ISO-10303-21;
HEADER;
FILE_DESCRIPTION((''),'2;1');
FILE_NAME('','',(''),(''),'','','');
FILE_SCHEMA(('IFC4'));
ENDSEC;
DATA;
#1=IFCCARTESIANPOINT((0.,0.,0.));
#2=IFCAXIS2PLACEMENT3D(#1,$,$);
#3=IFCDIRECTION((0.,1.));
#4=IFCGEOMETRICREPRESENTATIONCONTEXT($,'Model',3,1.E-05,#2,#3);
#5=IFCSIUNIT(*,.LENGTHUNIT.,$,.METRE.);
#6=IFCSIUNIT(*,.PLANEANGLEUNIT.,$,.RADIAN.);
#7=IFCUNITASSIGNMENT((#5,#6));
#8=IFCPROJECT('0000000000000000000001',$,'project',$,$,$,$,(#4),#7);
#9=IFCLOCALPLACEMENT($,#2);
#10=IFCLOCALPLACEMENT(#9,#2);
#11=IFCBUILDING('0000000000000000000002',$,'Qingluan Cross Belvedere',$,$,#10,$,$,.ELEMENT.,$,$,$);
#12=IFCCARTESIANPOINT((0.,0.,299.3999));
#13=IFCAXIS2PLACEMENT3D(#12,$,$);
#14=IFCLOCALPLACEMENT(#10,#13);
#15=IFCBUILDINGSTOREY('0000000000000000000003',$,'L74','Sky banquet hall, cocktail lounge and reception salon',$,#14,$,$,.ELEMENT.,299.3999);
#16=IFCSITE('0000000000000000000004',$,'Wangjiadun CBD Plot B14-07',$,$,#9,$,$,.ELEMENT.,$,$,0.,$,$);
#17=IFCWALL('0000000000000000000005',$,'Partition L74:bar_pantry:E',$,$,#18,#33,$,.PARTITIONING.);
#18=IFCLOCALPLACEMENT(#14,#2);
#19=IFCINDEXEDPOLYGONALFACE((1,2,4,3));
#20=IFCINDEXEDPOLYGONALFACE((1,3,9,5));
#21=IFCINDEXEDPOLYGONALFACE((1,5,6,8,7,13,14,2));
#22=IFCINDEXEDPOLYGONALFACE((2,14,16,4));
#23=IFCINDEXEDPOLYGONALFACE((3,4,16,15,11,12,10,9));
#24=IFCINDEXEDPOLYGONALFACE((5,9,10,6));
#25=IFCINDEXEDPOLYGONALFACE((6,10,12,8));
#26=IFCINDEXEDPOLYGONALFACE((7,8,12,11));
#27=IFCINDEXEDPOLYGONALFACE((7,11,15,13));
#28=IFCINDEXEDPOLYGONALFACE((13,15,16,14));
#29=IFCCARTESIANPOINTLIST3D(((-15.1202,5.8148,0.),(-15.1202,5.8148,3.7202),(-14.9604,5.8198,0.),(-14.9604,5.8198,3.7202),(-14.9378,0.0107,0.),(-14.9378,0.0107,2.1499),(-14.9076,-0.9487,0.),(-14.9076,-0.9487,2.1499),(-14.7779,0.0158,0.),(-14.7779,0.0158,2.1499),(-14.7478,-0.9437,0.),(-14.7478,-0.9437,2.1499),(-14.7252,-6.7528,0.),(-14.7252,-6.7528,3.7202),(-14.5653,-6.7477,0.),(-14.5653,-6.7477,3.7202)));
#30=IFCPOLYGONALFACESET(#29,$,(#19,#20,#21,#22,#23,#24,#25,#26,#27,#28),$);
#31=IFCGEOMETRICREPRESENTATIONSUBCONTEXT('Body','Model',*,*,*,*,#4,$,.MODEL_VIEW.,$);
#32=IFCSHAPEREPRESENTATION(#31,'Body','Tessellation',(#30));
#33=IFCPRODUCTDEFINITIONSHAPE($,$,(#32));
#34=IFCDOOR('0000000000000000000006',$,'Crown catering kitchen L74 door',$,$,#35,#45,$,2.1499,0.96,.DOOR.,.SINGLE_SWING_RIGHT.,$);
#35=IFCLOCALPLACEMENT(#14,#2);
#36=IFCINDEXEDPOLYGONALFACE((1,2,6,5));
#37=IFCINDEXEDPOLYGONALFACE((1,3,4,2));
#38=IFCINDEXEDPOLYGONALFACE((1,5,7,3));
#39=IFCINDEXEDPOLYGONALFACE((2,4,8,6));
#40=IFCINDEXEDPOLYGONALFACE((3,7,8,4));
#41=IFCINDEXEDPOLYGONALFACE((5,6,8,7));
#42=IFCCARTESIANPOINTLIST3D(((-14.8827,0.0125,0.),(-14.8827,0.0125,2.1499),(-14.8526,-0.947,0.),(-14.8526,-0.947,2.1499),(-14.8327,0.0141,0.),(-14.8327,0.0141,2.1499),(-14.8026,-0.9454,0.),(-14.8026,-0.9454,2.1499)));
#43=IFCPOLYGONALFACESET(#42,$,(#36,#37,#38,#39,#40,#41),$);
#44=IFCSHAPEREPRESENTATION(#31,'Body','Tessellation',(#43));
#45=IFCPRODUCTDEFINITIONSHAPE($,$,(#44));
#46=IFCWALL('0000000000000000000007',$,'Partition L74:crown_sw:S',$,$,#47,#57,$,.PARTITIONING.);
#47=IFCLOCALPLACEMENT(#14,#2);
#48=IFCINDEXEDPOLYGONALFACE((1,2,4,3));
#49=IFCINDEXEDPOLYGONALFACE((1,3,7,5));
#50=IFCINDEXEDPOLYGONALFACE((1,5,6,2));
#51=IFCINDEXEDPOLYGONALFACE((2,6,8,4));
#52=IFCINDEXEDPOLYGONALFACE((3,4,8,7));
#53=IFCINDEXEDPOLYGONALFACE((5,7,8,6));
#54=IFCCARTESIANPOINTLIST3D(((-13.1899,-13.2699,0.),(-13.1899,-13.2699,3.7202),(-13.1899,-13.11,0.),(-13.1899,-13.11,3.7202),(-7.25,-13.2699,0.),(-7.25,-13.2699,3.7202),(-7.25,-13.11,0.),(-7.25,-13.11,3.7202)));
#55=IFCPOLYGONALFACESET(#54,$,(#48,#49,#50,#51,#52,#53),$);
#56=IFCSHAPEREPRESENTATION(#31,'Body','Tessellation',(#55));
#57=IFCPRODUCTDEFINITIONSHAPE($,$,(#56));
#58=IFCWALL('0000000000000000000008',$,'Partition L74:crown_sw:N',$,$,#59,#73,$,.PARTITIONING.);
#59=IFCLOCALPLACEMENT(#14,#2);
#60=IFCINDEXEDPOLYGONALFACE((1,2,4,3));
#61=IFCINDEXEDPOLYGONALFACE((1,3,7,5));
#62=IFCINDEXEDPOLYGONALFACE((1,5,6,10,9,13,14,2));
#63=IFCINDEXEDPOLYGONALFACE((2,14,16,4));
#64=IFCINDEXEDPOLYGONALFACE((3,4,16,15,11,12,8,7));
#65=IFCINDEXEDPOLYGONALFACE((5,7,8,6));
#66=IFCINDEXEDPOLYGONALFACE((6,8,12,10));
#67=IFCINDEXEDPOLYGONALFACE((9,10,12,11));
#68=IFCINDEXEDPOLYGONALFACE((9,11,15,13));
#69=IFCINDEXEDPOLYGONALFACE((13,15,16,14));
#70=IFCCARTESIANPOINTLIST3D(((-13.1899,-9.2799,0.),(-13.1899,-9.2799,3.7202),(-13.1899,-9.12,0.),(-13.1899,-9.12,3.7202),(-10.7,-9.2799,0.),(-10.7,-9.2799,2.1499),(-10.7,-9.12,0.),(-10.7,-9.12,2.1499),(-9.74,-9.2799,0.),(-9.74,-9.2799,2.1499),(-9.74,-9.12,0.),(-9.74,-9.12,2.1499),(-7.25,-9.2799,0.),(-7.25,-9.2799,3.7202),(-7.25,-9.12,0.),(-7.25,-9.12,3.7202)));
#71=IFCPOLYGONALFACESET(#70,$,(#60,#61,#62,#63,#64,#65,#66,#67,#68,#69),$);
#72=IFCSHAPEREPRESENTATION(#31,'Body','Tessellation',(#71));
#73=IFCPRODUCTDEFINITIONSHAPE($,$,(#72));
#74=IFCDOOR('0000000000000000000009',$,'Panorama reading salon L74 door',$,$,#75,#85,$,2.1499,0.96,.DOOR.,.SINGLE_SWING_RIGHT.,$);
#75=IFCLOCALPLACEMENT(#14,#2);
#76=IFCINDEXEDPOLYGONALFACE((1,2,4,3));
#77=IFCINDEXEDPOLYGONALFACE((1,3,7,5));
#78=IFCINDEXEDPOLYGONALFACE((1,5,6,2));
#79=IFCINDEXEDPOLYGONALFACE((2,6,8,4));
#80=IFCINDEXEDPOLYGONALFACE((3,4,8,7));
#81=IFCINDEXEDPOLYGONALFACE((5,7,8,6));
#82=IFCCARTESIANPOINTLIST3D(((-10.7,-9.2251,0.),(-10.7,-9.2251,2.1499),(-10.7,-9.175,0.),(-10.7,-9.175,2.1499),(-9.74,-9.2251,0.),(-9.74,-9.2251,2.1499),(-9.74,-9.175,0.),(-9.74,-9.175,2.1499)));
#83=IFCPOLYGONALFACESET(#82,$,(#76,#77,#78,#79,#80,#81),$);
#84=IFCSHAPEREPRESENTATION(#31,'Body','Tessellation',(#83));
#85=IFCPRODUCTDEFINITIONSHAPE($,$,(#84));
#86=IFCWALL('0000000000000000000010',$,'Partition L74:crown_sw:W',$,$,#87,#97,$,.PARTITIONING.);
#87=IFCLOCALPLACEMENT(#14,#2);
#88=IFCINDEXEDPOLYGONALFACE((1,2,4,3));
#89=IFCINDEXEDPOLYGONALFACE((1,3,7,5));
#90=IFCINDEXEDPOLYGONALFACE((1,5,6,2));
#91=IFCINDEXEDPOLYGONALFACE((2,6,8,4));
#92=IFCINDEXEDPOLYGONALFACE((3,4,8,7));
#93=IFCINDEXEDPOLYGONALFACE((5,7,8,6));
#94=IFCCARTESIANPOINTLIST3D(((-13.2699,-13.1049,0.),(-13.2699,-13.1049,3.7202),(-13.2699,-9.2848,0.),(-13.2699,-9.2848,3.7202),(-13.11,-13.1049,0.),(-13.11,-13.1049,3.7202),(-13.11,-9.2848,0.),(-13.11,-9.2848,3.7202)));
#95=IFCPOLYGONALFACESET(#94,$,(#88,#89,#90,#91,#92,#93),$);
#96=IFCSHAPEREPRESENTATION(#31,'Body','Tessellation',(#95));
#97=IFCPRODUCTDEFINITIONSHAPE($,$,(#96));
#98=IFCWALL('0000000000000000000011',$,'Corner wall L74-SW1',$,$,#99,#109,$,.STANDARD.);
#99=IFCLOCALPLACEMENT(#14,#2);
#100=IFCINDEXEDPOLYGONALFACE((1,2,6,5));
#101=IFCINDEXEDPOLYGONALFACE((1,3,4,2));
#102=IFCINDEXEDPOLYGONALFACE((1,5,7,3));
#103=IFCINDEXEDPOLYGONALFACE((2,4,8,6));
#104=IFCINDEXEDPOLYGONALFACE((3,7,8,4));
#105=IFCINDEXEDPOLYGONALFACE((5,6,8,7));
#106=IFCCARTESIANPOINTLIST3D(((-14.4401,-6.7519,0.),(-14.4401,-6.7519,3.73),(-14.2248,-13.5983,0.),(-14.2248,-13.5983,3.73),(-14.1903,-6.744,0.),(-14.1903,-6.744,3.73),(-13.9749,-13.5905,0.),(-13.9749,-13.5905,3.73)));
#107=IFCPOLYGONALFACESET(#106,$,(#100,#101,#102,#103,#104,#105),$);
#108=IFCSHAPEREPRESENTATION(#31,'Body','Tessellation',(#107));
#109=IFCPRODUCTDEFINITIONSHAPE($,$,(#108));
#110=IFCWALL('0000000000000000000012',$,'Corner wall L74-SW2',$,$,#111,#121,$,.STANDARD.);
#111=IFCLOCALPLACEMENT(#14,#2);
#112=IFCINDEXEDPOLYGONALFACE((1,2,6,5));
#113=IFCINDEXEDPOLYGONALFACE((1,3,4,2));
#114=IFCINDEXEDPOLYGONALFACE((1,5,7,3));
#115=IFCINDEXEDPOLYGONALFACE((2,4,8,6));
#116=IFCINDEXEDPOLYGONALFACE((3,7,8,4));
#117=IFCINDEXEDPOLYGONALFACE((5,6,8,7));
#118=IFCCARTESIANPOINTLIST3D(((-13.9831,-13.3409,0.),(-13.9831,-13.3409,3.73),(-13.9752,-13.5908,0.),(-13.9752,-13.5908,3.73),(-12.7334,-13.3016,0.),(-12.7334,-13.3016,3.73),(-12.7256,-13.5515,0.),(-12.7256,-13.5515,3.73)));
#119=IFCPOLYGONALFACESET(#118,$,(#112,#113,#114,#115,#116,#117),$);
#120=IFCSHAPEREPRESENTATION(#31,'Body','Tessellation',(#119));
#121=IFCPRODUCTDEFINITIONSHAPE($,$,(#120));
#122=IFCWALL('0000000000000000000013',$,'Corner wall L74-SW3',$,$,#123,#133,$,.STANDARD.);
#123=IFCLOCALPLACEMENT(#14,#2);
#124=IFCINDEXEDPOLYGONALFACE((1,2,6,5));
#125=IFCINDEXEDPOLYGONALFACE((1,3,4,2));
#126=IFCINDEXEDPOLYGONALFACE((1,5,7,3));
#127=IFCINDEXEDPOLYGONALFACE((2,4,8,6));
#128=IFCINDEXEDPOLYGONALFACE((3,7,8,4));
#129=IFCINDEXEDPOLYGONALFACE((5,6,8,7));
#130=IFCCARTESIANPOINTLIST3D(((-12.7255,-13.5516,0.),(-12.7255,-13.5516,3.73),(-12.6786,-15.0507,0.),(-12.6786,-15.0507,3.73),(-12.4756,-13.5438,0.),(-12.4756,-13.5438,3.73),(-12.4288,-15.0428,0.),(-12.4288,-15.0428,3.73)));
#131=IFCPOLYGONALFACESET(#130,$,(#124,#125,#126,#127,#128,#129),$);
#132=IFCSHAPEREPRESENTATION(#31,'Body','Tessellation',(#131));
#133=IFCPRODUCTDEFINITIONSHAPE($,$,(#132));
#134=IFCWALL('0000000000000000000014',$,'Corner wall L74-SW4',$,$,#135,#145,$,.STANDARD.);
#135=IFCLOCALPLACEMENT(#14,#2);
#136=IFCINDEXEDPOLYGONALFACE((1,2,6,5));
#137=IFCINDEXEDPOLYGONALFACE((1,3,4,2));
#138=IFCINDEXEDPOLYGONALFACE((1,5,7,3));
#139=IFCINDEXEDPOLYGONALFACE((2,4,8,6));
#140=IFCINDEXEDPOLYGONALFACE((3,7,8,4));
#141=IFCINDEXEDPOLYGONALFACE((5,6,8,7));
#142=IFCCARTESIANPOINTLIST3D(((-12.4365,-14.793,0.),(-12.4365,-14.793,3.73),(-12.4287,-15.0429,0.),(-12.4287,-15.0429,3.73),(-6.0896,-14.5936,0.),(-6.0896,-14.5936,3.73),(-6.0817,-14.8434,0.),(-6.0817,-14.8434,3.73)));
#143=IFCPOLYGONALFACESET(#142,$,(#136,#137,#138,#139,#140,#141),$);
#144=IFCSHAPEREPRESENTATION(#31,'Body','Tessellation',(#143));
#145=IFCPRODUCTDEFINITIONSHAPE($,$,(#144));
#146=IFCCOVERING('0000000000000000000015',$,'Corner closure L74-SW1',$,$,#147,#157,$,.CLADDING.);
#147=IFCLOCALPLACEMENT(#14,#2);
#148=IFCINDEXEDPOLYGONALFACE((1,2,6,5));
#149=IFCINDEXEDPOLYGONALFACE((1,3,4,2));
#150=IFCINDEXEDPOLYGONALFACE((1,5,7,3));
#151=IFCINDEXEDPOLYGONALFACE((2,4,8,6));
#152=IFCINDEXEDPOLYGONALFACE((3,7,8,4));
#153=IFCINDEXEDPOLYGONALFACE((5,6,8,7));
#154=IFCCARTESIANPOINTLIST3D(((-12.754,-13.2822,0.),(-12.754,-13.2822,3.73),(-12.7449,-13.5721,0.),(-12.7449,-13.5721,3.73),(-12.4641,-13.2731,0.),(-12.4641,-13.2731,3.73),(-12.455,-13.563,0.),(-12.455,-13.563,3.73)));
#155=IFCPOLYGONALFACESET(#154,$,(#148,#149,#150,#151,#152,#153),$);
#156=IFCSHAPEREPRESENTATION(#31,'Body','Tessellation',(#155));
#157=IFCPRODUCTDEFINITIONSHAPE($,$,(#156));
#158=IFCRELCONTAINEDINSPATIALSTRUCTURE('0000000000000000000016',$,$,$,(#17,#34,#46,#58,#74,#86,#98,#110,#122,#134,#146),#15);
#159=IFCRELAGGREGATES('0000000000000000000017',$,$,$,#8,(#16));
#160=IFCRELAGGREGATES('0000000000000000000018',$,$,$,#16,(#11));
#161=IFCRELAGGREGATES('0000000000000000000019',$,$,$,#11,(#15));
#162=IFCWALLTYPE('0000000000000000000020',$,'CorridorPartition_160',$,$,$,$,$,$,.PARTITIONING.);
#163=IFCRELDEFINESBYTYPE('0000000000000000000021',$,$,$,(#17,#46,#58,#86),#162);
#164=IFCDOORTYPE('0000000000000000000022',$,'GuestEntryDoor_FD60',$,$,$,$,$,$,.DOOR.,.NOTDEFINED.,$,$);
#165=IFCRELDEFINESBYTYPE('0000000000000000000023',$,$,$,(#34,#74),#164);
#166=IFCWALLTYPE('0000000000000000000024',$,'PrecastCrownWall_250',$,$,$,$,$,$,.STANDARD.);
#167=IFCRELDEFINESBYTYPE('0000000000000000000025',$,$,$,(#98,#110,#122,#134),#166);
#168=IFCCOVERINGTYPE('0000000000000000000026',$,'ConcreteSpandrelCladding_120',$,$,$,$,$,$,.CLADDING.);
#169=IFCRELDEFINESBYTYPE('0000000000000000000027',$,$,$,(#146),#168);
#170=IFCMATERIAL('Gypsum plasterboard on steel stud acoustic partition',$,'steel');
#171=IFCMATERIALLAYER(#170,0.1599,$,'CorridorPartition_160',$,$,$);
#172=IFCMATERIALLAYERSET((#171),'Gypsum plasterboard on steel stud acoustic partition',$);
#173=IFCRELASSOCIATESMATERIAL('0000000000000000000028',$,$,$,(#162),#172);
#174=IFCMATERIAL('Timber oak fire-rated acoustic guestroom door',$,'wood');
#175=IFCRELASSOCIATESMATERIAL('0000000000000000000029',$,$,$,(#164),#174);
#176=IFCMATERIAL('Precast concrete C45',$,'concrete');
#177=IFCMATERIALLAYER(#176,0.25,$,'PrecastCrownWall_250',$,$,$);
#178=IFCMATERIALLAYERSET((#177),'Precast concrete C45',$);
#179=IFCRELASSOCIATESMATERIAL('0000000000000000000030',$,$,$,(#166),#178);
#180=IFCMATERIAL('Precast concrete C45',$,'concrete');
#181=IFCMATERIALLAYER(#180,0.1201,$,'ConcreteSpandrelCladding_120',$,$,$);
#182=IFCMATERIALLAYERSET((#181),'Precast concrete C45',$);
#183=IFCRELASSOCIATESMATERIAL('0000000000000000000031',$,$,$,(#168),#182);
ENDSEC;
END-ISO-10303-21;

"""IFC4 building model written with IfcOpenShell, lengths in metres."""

from ifc_helpers import new_model, si_unit, direction, frame, frame_2d, origin, origin_2d, place, context, subcontext, project, spatial, rectangle, extrude, material, layer, layer_set, type_object, element, fill, save


model = new_model("IFC4")

# Units and contexts
model_context = context("Model", 3, precision=1e-05, world=origin(), true_north=direction((0.0, 1.0)))
body_context = subcontext(model_context, "Body", "Model", "MODEL_VIEW")
ifc_project = project(units=[si_unit("LENGTHUNIT", "METRE"), si_unit("PLANEANGLEUNIT", "RADIAN")], contexts=[model_context])

# Site, building, storey
site_placement = place(None, origin())
site = spatial("IfcSite", under=ifc_project, at=site_placement, Name="Wangjiadun CBD Plot B14-07", CompositionType="ELEMENT", RefElevation=0.0)
building_placement = place(site_placement, origin())
building = spatial("IfcBuilding", under=site, at=building_placement, Name="Qingluan Cross Belvedere", CompositionType="ELEMENT")
storey_placement = place(building_placement, frame((0.0, 0.0, 299.3999)))
storey = spatial("IfcBuildingStorey", under=building, at=storey_placement, Name="L74", Description="Sky banquet hall, cocktail lounge and reception salon", CompositionType="ELEMENT", Elevation=299.3999)

# Wall, opening, door
ifc_material_1 = material(Name="Gypsum plasterboard on steel stud acoustic partition", Category="steel")
ifc_layer_1 = layer(ifc_material_1, 0.1599, Name="CorridorPartition_160")
ifc_layer_set_1 = layer_set([ifc_layer_1], Name="Gypsum plasterboard on steel stud acoustic partition")
wall_type_1 = type_object("IfcWallType", Name="CorridorPartition_160", PredefinedType="PARTITIONING", material=ifc_layer_set_1)
wall_1_placement = place(storey_placement, frame((-14.6453, -6.7502, 0.0), z_axis=(0.0, 0.0, 1.0), x_axis=(-0.031416, 0.999506, 0.0)))
wall_1 = element("IfcWall", 1, at=wall_1_placement, inside=storey, type_object=wall_type_1, Name="Partition L74:bar_pantry:E", PredefinedType="PARTITIONING", context=body_context, shape_type="SweptSolid", body=[
    extrude(rectangle(XDim=12.5737, YDim=0.1599, at=frame_2d((6.2869, 0.0))), origin(), (0.0, 0.0, 1.0), 3.7202),
])
opening_1_placement = place(wall_1_placement, frame((5.8069, 0.0, 0.0)))
opening_1 = element("IfcOpeningElement", 2, at=opening_1_placement, cuts=wall_1, PredefinedType="OPENING", context=body_context, shape_type="SweptSolid", body=[
    extrude(rectangle(XDim=0.96, YDim=2.1499, at=frame_2d((0.48, 1.075))), frame((0.0, 0.0898, 0.0), z_axis=(0.0, -1.0, 0.0), x_axis=(1.0, 0.0, 0.0)), (0.0, 0.0, 1.0), 0.1799),
])
ifc_material_2 = material(Name="Timber oak fire-rated acoustic guestroom door", Category="wood")
door_type = type_object("IfcDoorType", Name="GuestEntryDoor_FD60", OperationType="NOTDEFINED", PredefinedType="DOOR", material=ifc_material_2)
door_1_placement = place(opening_1_placement, origin())
door_1 = element("IfcDoor", 3, at=door_1_placement, inside=storey, type_object=door_type, Name="Crown catering kitchen L74 door", OperationType="SINGLE_SWING_RIGHT", OverallHeight=2.1499, OverallWidth=0.96, PredefinedType="DOOR", context=body_context, shape_type="SweptSolid", body=[
    extrude(rectangle(XDim=0.96, YDim=2.1499, at=frame_2d((0.48, 1.075))), frame((0.0, 0.0249, 0.0), z_axis=(0.0, -1.0, 0.0), x_axis=(1.0, 0.0, 0.0)), (0.0, 0.0, 1.0), 0.05),
])
fill(opening_1, door_1)

# Wall
wall_2_placement = place(storey_placement, frame((-13.1899, -13.1899, 0.0), z_axis=(0.0, 0.0, 1.0), x_axis=(1.0, 0.0, 0.0)))
element("IfcWall", 4, at=wall_2_placement, inside=storey, type_object=wall_type_1, Name="Partition L74:crown_sw:S", PredefinedType="PARTITIONING", context=body_context, shape_type="SweptSolid", body=[
    extrude(rectangle(XDim=5.9399, YDim=0.1599, at=frame_2d((2.97, 0.0))), origin(), (0.0, 0.0, 1.0), 3.7202),
])

# Wall, opening, door
wall_3_placement = place(storey_placement, frame((-13.1899, -9.2, 0.0), z_axis=(0.0, 0.0, 1.0), x_axis=(1.0, 0.0, 0.0)))
wall_3 = element("IfcWall", 5, at=wall_3_placement, inside=storey, type_object=wall_type_1, Name="Partition L74:crown_sw:N", PredefinedType="PARTITIONING", context=body_context, shape_type="SweptSolid", body=[
    extrude(rectangle(XDim=5.9399, YDim=0.1599, at=frame_2d((2.97, 0.0))), origin(), (0.0, 0.0, 1.0), 3.7202),
])
opening_2_placement = place(wall_3_placement, frame((2.49, 0.0, 0.0)))
opening_2 = element("IfcOpeningElement", 6, at=opening_2_placement, cuts=wall_3, PredefinedType="OPENING", context=body_context, shape_type="SweptSolid", body=[
    extrude(rectangle(XDim=0.96, YDim=2.1499, at=frame_2d((0.48, 1.075))), frame((0.0, 0.0898, 0.0), z_axis=(0.0, -1.0, 0.0), x_axis=(1.0, 0.0, 0.0)), (0.0, 0.0, 1.0), 0.1799),
])
door_2_placement = place(opening_2_placement, origin())
door_2 = element("IfcDoor", 7, at=door_2_placement, inside=storey, type_object=door_type, Name="Panorama reading salon L74 door", OperationType="SINGLE_SWING_RIGHT", OverallHeight=2.1499, OverallWidth=0.96, PredefinedType="DOOR", context=body_context, shape_type="SweptSolid", body=[
    extrude(rectangle(XDim=0.96, YDim=2.1499, at=frame_2d((0.48, 1.075))), frame((0.0, 0.0249, 0.0), z_axis=(0.0, -1.0, 0.0), x_axis=(1.0, 0.0, 0.0)), (0.0, 0.0, 1.0), 0.05),
])
fill(opening_2, door_2)

# Walls
wall_4_placement = place(storey_placement, frame((-13.1899, -13.105, 0.0), z_axis=(0.0, 0.0, 1.0), x_axis=(0.0, 1.0, 0.0)))
element("IfcWall", 8, at=wall_4_placement, inside=storey, type_object=wall_type_1, Name="Partition L74:crown_sw:W", PredefinedType="PARTITIONING", context=body_context, shape_type="SweptSolid", body=[
    extrude(rectangle(XDim=3.8201, YDim=0.1599, at=frame_2d((1.9102, 0.0))), origin(), (0.0, 0.0, 1.0), 3.7202),
])
ifc_material_3 = material(Name="Precast concrete C45", Category="concrete")
ifc_layer_2 = layer(ifc_material_3, 0.25, Name="PrecastCrownWall_250")
ifc_layer_set_2 = layer_set([ifc_layer_2], Name="Precast concrete C45")
wall_type_2 = type_object("IfcWallType", Name="PrecastCrownWall_250", PredefinedType="STANDARD", material=ifc_layer_set_2)
wall_5_placement = place(storey_placement, frame((-14.3152, -6.748, 0.0), z_axis=(0.0, 0.0, 1.0), x_axis=(0.031436, -0.999506, 0.0)))
element("IfcWall", 9, at=wall_5_placement, inside=storey, type_object=wall_type_2, Name="Corner wall L74-SW1", PredefinedType="STANDARD", context=body_context, shape_type="SweptSolid", body=[
    extrude(rectangle(XDim=6.8499, YDim=0.25, at=frame_2d((3.4248, 0.0))), origin(), (0.0, 0.0, 1.0), 3.73),
])
wall_6_placement = place(storey_placement, frame((-13.979, -13.4658, 0.0), z_axis=(0.0, 0.0, 1.0), x_axis=(0.999506, 0.031442, 0.0)))
element("IfcWall", 10, at=wall_6_placement, inside=storey, type_object=wall_type_2, Name="Corner wall L74-SW2", PredefinedType="STANDARD", context=body_context, shape_type="SweptSolid", body=[
    extrude(rectangle(XDim=1.2502, YDim=0.25, at=frame_2d((0.625, 0.0))), origin(), (0.0, 0.0, 1.0), 3.73),
])
wall_7_placement = place(storey_placement, frame((-12.6006, -13.5476, 0.0), z_axis=(0.0, 0.0, 1.0), x_axis=(0.031255, -0.999511, 0.0)))
element("IfcWall", 11, at=wall_7_placement, inside=storey, type_object=wall_type_2, Name="Corner wall L74-SW3", PredefinedType="STANDARD", context=body_context, shape_type="SweptSolid", body=[
    extrude(rectangle(XDim=1.4998, YDim=0.25, at=frame_2d((0.75, 0.0))), origin(), (0.0, 0.0, 1.0), 3.73),
])
wall_8_placement = place(storey_placement, frame((-12.4326, -14.918, 0.0), z_axis=(0.0, 0.0, 1.0), x_axis=(0.999507, 0.031411, 0.0)))
element("IfcWall", 12, at=wall_8_placement, inside=storey, type_object=wall_type_2, Name="Corner wall L74-SW4", PredefinedType="STANDARD", context=body_context, shape_type="SweptSolid", body=[
    extrude(rectangle(XDim=6.3501, YDim=0.25, at=frame_2d((3.175, 0.0))), origin(), (0.0, 0.0, 1.0), 3.73),
])

# Covering
ifc_material_4 = material(Name="Precast concrete C45", Category="concrete")
ifc_layer_3 = layer(ifc_material_4, 0.1201, Name="ConcreteSpandrelCladding_120")
ifc_layer_set_3 = layer_set([ifc_layer_3], Name="Precast concrete C45")
covering_type = type_object("IfcCoveringType", Name="ConcreteSpandrelCladding_120", PredefinedType="CLADDING", material=ifc_layer_set_3)
covering_placement = place(storey_placement, frame((-12.6045, -13.4226, 0.0), z_axis=(0.0, 0.0, 1.0), x_axis=(0.999507, 0.031411, 0.0)))
element("IfcCovering", 13, at=covering_placement, inside=storey, type_object=covering_type, Name="Corner closure L74-SW1", PredefinedType="CLADDING", context=body_context, shape_type="SweptSolid", body=[
    extrude(rectangle(XDim=0.29, YDim=0.29, at=origin_2d()), origin(), (0.0, 0.0, 1.0), 3.73),
])

save(model, "model.ifc")
